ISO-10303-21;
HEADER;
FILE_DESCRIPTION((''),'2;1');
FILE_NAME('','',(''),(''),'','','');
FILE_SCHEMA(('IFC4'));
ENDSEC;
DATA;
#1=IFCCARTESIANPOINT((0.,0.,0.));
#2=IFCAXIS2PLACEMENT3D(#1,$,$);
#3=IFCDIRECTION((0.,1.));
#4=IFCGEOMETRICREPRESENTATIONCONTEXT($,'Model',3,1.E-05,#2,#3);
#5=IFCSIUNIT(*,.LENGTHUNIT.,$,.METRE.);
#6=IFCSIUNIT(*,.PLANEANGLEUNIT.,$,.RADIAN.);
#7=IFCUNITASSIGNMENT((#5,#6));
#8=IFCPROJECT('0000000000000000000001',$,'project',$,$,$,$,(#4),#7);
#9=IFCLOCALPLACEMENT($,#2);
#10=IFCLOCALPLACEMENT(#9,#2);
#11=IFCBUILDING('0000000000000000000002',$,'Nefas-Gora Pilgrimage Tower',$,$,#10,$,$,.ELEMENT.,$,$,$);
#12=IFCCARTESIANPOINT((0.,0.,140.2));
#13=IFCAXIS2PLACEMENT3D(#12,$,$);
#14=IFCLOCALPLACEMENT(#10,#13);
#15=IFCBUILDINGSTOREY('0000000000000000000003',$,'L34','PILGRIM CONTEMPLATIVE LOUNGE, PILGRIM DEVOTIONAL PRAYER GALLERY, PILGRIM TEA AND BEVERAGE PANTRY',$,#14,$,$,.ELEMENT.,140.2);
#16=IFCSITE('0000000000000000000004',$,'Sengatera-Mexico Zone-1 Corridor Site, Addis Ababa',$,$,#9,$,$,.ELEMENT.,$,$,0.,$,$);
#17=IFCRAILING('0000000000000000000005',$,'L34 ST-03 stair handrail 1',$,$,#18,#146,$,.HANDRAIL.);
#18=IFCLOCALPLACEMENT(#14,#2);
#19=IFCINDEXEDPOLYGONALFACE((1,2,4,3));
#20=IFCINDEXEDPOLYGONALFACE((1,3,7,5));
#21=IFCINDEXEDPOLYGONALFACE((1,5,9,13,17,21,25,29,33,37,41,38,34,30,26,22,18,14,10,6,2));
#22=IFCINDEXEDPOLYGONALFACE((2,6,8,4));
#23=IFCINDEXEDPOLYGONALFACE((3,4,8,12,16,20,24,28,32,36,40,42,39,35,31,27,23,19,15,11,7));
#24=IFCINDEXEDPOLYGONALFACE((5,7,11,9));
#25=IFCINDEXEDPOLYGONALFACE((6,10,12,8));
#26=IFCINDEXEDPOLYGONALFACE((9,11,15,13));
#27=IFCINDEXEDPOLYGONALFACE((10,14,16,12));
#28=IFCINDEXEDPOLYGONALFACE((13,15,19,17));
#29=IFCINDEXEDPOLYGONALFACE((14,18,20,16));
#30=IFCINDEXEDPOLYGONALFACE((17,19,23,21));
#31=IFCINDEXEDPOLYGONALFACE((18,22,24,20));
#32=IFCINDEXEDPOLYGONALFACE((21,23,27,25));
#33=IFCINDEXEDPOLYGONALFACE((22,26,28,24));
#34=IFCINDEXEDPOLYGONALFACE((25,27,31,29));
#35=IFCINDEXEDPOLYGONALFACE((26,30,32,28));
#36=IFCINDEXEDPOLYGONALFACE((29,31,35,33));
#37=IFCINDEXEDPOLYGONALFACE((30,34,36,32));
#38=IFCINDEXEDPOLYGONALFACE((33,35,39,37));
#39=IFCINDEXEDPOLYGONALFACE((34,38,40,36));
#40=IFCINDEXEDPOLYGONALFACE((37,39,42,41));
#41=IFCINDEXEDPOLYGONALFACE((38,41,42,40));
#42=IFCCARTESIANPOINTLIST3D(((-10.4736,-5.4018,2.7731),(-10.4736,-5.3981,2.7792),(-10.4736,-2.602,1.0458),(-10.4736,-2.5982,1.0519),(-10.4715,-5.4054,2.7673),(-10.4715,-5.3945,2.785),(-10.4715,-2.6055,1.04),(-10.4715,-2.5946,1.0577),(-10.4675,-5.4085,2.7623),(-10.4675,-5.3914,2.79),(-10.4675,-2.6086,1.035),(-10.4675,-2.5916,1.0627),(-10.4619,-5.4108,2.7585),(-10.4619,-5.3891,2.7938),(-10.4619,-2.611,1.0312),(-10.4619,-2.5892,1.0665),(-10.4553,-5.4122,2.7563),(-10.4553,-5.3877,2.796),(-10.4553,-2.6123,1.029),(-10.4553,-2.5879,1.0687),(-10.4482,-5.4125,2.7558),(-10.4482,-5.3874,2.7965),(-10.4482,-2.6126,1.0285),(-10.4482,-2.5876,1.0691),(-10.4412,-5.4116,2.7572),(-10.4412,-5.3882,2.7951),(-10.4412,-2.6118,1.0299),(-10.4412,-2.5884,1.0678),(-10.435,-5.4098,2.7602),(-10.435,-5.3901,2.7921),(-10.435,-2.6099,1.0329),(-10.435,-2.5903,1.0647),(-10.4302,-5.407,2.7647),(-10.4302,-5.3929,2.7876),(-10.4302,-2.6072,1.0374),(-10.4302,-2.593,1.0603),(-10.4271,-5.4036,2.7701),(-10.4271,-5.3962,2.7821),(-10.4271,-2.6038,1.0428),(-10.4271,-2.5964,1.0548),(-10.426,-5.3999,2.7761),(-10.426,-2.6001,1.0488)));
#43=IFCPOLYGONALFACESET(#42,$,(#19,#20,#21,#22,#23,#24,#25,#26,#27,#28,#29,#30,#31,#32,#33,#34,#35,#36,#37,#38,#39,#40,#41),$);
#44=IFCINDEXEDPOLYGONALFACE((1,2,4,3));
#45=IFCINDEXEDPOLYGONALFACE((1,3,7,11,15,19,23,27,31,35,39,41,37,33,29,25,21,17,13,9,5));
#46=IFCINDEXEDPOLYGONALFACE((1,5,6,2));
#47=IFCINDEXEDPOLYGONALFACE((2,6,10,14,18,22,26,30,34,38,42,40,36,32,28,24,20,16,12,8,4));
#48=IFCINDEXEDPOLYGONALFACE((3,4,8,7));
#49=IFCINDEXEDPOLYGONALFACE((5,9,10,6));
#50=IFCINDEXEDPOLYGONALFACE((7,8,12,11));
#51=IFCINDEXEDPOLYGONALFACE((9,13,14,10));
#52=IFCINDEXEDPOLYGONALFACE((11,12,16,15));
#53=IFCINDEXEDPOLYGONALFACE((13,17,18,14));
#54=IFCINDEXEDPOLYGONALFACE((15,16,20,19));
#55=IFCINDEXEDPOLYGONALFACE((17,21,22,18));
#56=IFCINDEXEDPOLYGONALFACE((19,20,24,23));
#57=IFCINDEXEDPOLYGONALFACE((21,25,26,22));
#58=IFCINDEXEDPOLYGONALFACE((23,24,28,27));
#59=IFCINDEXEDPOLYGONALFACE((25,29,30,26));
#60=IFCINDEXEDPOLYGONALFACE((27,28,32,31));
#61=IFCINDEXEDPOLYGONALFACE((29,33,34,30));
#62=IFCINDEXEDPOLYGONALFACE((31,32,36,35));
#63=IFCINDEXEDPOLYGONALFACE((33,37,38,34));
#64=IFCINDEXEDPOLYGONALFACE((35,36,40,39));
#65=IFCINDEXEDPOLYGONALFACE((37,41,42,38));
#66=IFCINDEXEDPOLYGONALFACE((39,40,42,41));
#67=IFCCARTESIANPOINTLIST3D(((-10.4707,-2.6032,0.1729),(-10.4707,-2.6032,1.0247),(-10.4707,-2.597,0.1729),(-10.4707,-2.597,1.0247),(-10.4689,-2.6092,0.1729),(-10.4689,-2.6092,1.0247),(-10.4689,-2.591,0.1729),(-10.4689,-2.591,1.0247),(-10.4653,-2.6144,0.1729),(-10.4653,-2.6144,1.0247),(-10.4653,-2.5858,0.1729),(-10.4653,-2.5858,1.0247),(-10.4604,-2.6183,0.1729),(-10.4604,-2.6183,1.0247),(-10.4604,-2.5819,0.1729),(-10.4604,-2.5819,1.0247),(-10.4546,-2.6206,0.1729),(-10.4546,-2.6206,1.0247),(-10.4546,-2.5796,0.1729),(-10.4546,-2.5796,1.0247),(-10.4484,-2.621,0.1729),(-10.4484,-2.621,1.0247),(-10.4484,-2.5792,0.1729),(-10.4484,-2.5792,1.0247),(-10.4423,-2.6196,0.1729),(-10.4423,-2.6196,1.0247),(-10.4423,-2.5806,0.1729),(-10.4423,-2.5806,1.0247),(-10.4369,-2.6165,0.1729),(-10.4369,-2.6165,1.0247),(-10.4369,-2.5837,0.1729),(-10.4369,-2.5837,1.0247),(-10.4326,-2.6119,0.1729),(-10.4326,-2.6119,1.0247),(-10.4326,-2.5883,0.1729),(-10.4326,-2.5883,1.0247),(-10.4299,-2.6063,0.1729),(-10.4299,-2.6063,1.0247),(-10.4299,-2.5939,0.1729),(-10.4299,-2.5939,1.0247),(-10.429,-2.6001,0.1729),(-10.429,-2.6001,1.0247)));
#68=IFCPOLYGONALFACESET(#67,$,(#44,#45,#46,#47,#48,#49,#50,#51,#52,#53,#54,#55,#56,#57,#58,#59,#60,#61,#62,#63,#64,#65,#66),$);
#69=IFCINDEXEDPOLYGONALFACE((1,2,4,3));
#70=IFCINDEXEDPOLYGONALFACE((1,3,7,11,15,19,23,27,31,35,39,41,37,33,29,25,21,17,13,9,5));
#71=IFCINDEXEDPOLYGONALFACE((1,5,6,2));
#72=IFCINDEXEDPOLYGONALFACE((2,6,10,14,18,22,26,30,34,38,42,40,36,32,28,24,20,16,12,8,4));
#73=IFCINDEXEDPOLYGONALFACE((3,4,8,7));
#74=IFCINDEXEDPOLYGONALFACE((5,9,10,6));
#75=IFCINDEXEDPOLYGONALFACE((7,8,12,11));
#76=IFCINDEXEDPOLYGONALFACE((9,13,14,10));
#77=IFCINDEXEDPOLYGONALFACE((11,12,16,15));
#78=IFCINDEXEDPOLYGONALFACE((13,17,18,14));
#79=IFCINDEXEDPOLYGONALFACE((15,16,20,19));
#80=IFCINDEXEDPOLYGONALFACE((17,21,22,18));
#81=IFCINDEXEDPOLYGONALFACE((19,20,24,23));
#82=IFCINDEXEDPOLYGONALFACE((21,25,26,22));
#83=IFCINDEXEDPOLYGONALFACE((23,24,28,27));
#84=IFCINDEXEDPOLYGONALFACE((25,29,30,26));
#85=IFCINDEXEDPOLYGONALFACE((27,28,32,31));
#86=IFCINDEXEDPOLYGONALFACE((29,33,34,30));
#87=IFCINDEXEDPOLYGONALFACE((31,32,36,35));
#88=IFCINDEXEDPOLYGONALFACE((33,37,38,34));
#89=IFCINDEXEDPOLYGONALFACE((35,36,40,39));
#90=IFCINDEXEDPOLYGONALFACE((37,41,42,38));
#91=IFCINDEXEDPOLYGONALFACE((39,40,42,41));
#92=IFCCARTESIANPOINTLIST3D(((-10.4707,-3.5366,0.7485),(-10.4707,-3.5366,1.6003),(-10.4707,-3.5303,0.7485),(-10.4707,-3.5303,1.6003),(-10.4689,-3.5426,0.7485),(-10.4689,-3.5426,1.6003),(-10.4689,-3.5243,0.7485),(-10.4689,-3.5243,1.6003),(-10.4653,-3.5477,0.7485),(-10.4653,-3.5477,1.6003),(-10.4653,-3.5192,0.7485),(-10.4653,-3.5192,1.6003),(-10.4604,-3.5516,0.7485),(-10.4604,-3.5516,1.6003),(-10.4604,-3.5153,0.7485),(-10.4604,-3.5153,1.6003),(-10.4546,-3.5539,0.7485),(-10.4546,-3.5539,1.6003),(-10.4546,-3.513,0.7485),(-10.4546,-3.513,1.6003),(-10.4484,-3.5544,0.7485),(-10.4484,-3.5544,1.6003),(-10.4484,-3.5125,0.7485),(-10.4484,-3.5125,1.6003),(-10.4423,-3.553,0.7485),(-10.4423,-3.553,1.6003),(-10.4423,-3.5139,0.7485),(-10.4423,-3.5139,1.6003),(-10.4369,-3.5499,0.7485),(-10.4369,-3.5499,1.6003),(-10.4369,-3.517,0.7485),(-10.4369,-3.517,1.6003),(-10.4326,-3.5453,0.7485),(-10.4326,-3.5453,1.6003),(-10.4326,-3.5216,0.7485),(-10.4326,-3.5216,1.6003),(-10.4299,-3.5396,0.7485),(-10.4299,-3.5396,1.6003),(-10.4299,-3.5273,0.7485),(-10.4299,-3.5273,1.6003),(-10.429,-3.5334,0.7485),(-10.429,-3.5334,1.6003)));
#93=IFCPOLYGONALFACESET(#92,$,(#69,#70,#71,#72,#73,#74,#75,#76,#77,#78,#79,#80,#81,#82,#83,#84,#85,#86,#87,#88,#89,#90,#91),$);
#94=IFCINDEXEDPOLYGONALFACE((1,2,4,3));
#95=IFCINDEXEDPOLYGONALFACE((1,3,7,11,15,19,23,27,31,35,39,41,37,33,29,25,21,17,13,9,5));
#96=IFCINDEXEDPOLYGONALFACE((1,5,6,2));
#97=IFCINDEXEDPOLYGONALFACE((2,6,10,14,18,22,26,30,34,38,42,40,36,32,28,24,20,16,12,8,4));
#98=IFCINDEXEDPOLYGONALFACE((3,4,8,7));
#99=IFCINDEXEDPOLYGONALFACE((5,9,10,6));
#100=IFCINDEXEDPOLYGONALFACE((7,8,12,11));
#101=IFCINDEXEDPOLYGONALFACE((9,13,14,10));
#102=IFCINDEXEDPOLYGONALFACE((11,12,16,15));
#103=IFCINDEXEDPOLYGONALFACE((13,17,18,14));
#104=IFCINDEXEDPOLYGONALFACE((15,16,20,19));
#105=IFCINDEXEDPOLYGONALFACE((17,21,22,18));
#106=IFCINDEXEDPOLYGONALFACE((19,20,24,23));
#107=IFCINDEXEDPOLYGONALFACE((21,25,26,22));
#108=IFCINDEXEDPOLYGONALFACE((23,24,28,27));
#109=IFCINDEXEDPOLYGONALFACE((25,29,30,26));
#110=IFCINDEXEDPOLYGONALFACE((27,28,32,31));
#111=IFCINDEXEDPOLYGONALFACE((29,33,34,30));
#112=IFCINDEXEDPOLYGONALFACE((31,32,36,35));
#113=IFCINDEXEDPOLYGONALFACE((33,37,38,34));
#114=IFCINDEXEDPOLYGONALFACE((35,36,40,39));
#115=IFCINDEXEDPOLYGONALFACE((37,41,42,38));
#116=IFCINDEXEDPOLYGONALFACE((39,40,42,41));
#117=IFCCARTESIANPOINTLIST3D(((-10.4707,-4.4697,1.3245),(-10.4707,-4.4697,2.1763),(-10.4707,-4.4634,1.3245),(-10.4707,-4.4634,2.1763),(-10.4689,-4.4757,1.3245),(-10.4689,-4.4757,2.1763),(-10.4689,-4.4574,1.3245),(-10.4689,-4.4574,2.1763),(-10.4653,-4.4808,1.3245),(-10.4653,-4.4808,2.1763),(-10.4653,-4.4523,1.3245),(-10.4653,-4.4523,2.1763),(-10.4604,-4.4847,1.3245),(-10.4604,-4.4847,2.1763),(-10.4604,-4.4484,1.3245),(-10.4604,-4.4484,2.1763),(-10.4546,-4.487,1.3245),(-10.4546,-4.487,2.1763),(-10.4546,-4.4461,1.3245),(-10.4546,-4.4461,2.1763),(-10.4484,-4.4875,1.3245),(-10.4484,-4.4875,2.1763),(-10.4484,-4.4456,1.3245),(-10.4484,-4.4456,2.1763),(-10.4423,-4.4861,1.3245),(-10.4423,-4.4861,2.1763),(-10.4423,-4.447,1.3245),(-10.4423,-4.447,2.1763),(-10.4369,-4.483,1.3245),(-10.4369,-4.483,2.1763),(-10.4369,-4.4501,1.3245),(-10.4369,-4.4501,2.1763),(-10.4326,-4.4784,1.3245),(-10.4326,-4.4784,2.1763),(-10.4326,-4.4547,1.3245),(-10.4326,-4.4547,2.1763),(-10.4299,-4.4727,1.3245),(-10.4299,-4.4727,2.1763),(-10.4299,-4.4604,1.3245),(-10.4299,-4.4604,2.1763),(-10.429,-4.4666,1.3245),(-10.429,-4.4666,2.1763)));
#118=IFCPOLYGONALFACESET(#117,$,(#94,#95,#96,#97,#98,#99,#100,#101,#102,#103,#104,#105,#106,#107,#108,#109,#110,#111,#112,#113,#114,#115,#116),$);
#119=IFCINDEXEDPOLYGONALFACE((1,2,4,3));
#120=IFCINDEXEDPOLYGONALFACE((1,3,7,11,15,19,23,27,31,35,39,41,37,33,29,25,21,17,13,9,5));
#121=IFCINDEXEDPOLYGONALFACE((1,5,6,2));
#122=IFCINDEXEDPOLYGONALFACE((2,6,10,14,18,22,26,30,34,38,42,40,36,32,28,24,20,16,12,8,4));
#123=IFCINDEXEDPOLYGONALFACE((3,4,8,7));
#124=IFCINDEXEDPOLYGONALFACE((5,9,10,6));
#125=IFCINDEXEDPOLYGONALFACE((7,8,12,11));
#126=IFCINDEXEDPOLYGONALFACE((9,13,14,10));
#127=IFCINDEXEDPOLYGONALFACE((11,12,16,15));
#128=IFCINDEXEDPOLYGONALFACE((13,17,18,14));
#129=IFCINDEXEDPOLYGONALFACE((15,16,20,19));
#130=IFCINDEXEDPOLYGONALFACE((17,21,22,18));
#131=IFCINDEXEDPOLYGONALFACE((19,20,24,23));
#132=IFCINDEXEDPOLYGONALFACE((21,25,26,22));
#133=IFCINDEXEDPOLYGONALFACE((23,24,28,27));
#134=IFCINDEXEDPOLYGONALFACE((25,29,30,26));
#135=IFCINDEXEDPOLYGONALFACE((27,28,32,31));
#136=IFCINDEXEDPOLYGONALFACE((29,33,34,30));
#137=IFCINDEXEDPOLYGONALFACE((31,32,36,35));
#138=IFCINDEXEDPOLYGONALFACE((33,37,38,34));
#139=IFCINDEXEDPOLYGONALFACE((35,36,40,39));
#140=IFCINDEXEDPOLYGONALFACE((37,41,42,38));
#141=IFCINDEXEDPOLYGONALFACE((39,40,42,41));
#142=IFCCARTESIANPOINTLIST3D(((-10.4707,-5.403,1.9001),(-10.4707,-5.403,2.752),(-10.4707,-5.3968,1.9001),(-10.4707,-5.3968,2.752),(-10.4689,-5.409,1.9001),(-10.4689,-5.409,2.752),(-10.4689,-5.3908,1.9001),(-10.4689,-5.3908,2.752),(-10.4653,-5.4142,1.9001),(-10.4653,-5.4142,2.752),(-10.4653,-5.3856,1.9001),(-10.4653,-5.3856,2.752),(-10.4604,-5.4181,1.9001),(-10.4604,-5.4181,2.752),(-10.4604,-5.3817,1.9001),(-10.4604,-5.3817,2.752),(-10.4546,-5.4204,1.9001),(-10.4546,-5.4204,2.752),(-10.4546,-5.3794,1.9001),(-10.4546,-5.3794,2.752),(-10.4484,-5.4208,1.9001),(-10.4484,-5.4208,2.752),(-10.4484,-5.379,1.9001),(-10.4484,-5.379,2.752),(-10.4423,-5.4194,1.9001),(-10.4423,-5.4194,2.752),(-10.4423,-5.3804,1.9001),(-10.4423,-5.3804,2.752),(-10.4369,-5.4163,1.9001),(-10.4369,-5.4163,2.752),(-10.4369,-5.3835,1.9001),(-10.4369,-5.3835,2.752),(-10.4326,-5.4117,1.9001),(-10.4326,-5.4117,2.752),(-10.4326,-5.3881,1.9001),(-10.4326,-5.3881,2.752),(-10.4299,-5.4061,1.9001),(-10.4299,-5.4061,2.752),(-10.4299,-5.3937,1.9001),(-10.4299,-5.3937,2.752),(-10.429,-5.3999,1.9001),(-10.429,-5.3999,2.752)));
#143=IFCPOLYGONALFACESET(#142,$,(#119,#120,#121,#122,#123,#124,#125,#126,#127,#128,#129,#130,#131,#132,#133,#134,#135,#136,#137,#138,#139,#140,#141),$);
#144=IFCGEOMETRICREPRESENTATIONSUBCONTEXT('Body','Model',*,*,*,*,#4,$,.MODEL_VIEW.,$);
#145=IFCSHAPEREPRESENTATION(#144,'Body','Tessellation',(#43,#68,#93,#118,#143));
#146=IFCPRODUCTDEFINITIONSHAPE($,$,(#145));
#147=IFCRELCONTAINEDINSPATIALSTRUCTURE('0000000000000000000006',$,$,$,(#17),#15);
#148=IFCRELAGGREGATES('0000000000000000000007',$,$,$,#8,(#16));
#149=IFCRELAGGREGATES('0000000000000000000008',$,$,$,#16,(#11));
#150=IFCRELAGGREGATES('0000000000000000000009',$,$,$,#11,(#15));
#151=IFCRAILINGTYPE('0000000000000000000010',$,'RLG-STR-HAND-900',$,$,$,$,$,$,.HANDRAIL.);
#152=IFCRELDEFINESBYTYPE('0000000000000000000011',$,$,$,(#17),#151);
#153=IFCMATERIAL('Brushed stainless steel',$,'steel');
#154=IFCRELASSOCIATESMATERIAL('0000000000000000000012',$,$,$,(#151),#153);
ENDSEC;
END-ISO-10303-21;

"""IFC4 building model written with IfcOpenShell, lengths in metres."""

from ifc_helpers import new_model, si_unit, direction, frame, origin, origin_2d, place, context, subcontext, project, spatial, circle, extrude, material, type_object, element, save


model = new_model("IFC4")

# Units and contexts
model_context = context("Model", 3, precision=1e-05, world=origin(), true_north=direction((0.0, 1.0)))
body_context = subcontext(model_context, "Body", "Model", "MODEL_VIEW")
ifc_project = project(units=[si_unit("LENGTHUNIT", "METRE"), si_unit("PLANEANGLEUNIT", "RADIAN")], contexts=[model_context])

# Site, building, storey
site_placement = place(None, origin())
site = spatial("IfcSite", under=ifc_project, at=site_placement, Name="Sengatera-Mexico Zone-1 Corridor Site, Addis Ababa", CompositionType="ELEMENT", RefElevation=0.0)
building_placement = place(site_placement, origin())
building = spatial("IfcBuilding", under=site, at=building_placement, Name="Nefas-Gora Pilgrimage Tower", CompositionType="ELEMENT")
storey_placement = place(building_placement, frame((0.0, 0.0, 140.2)))
storey = spatial("IfcBuildingStorey", under=building, at=storey_placement, Name="L34", Description="PILGRIM CONTEMPLATIVE LOUNGE, PILGRIM DEVOTIONAL PRAYER GALLERY, PILGRIM TEA AND BEVERAGE PANTRY", CompositionType="ELEMENT", Elevation=140.2)

# Railing
ifc_material_1 = material(Name="Brushed stainless steel", Category="steel")
railing_type_1 = type_object("IfcRailingType", Name="RLG-STR-HAND-900", PredefinedType="HANDRAIL", material=ifc_material_1)
railing_1_placement = place(storey_placement, frame((-10.45, -2.6001, 0.1729)))
element("IfcRailing", 1, at=railing_1_placement, inside=storey, type_object=railing_type_1, Name="L34 ST-03 stair handrail 1", PredefinedType="HANDRAIL", context=body_context, shape_type="SweptSolid", body=[
    extrude(circle(Radius=0.0239, at=origin_2d()), frame((0.0, 0.0, 0.876), z_axis=(0.0, -0.851069, 0.525054), x_axis=(1.0, 0.0, 0.0)), (0.0, 0.0, 1.0), 3.2898),
    extrude(circle(Radius=0.021, at=origin_2d()), origin(), (0.0, 0.0, 1.0), 0.8518),
    extrude(circle(Radius=0.021, at=origin_2d()), frame((0.0, -0.9333, 0.5757)), (0.0, 0.0, 1.0), 0.8518),
    extrude(circle(Radius=0.021, at=origin_2d()), frame((0.0, -1.8665, 1.1516)), (0.0, 0.0, 1.0), 0.8518),
    extrude(circle(Radius=0.021, at=origin_2d()), frame((0.0, -2.7998, 1.7273)), (0.0, 0.0, 1.0), 0.8518),
])

save(model, "model.ifc")
